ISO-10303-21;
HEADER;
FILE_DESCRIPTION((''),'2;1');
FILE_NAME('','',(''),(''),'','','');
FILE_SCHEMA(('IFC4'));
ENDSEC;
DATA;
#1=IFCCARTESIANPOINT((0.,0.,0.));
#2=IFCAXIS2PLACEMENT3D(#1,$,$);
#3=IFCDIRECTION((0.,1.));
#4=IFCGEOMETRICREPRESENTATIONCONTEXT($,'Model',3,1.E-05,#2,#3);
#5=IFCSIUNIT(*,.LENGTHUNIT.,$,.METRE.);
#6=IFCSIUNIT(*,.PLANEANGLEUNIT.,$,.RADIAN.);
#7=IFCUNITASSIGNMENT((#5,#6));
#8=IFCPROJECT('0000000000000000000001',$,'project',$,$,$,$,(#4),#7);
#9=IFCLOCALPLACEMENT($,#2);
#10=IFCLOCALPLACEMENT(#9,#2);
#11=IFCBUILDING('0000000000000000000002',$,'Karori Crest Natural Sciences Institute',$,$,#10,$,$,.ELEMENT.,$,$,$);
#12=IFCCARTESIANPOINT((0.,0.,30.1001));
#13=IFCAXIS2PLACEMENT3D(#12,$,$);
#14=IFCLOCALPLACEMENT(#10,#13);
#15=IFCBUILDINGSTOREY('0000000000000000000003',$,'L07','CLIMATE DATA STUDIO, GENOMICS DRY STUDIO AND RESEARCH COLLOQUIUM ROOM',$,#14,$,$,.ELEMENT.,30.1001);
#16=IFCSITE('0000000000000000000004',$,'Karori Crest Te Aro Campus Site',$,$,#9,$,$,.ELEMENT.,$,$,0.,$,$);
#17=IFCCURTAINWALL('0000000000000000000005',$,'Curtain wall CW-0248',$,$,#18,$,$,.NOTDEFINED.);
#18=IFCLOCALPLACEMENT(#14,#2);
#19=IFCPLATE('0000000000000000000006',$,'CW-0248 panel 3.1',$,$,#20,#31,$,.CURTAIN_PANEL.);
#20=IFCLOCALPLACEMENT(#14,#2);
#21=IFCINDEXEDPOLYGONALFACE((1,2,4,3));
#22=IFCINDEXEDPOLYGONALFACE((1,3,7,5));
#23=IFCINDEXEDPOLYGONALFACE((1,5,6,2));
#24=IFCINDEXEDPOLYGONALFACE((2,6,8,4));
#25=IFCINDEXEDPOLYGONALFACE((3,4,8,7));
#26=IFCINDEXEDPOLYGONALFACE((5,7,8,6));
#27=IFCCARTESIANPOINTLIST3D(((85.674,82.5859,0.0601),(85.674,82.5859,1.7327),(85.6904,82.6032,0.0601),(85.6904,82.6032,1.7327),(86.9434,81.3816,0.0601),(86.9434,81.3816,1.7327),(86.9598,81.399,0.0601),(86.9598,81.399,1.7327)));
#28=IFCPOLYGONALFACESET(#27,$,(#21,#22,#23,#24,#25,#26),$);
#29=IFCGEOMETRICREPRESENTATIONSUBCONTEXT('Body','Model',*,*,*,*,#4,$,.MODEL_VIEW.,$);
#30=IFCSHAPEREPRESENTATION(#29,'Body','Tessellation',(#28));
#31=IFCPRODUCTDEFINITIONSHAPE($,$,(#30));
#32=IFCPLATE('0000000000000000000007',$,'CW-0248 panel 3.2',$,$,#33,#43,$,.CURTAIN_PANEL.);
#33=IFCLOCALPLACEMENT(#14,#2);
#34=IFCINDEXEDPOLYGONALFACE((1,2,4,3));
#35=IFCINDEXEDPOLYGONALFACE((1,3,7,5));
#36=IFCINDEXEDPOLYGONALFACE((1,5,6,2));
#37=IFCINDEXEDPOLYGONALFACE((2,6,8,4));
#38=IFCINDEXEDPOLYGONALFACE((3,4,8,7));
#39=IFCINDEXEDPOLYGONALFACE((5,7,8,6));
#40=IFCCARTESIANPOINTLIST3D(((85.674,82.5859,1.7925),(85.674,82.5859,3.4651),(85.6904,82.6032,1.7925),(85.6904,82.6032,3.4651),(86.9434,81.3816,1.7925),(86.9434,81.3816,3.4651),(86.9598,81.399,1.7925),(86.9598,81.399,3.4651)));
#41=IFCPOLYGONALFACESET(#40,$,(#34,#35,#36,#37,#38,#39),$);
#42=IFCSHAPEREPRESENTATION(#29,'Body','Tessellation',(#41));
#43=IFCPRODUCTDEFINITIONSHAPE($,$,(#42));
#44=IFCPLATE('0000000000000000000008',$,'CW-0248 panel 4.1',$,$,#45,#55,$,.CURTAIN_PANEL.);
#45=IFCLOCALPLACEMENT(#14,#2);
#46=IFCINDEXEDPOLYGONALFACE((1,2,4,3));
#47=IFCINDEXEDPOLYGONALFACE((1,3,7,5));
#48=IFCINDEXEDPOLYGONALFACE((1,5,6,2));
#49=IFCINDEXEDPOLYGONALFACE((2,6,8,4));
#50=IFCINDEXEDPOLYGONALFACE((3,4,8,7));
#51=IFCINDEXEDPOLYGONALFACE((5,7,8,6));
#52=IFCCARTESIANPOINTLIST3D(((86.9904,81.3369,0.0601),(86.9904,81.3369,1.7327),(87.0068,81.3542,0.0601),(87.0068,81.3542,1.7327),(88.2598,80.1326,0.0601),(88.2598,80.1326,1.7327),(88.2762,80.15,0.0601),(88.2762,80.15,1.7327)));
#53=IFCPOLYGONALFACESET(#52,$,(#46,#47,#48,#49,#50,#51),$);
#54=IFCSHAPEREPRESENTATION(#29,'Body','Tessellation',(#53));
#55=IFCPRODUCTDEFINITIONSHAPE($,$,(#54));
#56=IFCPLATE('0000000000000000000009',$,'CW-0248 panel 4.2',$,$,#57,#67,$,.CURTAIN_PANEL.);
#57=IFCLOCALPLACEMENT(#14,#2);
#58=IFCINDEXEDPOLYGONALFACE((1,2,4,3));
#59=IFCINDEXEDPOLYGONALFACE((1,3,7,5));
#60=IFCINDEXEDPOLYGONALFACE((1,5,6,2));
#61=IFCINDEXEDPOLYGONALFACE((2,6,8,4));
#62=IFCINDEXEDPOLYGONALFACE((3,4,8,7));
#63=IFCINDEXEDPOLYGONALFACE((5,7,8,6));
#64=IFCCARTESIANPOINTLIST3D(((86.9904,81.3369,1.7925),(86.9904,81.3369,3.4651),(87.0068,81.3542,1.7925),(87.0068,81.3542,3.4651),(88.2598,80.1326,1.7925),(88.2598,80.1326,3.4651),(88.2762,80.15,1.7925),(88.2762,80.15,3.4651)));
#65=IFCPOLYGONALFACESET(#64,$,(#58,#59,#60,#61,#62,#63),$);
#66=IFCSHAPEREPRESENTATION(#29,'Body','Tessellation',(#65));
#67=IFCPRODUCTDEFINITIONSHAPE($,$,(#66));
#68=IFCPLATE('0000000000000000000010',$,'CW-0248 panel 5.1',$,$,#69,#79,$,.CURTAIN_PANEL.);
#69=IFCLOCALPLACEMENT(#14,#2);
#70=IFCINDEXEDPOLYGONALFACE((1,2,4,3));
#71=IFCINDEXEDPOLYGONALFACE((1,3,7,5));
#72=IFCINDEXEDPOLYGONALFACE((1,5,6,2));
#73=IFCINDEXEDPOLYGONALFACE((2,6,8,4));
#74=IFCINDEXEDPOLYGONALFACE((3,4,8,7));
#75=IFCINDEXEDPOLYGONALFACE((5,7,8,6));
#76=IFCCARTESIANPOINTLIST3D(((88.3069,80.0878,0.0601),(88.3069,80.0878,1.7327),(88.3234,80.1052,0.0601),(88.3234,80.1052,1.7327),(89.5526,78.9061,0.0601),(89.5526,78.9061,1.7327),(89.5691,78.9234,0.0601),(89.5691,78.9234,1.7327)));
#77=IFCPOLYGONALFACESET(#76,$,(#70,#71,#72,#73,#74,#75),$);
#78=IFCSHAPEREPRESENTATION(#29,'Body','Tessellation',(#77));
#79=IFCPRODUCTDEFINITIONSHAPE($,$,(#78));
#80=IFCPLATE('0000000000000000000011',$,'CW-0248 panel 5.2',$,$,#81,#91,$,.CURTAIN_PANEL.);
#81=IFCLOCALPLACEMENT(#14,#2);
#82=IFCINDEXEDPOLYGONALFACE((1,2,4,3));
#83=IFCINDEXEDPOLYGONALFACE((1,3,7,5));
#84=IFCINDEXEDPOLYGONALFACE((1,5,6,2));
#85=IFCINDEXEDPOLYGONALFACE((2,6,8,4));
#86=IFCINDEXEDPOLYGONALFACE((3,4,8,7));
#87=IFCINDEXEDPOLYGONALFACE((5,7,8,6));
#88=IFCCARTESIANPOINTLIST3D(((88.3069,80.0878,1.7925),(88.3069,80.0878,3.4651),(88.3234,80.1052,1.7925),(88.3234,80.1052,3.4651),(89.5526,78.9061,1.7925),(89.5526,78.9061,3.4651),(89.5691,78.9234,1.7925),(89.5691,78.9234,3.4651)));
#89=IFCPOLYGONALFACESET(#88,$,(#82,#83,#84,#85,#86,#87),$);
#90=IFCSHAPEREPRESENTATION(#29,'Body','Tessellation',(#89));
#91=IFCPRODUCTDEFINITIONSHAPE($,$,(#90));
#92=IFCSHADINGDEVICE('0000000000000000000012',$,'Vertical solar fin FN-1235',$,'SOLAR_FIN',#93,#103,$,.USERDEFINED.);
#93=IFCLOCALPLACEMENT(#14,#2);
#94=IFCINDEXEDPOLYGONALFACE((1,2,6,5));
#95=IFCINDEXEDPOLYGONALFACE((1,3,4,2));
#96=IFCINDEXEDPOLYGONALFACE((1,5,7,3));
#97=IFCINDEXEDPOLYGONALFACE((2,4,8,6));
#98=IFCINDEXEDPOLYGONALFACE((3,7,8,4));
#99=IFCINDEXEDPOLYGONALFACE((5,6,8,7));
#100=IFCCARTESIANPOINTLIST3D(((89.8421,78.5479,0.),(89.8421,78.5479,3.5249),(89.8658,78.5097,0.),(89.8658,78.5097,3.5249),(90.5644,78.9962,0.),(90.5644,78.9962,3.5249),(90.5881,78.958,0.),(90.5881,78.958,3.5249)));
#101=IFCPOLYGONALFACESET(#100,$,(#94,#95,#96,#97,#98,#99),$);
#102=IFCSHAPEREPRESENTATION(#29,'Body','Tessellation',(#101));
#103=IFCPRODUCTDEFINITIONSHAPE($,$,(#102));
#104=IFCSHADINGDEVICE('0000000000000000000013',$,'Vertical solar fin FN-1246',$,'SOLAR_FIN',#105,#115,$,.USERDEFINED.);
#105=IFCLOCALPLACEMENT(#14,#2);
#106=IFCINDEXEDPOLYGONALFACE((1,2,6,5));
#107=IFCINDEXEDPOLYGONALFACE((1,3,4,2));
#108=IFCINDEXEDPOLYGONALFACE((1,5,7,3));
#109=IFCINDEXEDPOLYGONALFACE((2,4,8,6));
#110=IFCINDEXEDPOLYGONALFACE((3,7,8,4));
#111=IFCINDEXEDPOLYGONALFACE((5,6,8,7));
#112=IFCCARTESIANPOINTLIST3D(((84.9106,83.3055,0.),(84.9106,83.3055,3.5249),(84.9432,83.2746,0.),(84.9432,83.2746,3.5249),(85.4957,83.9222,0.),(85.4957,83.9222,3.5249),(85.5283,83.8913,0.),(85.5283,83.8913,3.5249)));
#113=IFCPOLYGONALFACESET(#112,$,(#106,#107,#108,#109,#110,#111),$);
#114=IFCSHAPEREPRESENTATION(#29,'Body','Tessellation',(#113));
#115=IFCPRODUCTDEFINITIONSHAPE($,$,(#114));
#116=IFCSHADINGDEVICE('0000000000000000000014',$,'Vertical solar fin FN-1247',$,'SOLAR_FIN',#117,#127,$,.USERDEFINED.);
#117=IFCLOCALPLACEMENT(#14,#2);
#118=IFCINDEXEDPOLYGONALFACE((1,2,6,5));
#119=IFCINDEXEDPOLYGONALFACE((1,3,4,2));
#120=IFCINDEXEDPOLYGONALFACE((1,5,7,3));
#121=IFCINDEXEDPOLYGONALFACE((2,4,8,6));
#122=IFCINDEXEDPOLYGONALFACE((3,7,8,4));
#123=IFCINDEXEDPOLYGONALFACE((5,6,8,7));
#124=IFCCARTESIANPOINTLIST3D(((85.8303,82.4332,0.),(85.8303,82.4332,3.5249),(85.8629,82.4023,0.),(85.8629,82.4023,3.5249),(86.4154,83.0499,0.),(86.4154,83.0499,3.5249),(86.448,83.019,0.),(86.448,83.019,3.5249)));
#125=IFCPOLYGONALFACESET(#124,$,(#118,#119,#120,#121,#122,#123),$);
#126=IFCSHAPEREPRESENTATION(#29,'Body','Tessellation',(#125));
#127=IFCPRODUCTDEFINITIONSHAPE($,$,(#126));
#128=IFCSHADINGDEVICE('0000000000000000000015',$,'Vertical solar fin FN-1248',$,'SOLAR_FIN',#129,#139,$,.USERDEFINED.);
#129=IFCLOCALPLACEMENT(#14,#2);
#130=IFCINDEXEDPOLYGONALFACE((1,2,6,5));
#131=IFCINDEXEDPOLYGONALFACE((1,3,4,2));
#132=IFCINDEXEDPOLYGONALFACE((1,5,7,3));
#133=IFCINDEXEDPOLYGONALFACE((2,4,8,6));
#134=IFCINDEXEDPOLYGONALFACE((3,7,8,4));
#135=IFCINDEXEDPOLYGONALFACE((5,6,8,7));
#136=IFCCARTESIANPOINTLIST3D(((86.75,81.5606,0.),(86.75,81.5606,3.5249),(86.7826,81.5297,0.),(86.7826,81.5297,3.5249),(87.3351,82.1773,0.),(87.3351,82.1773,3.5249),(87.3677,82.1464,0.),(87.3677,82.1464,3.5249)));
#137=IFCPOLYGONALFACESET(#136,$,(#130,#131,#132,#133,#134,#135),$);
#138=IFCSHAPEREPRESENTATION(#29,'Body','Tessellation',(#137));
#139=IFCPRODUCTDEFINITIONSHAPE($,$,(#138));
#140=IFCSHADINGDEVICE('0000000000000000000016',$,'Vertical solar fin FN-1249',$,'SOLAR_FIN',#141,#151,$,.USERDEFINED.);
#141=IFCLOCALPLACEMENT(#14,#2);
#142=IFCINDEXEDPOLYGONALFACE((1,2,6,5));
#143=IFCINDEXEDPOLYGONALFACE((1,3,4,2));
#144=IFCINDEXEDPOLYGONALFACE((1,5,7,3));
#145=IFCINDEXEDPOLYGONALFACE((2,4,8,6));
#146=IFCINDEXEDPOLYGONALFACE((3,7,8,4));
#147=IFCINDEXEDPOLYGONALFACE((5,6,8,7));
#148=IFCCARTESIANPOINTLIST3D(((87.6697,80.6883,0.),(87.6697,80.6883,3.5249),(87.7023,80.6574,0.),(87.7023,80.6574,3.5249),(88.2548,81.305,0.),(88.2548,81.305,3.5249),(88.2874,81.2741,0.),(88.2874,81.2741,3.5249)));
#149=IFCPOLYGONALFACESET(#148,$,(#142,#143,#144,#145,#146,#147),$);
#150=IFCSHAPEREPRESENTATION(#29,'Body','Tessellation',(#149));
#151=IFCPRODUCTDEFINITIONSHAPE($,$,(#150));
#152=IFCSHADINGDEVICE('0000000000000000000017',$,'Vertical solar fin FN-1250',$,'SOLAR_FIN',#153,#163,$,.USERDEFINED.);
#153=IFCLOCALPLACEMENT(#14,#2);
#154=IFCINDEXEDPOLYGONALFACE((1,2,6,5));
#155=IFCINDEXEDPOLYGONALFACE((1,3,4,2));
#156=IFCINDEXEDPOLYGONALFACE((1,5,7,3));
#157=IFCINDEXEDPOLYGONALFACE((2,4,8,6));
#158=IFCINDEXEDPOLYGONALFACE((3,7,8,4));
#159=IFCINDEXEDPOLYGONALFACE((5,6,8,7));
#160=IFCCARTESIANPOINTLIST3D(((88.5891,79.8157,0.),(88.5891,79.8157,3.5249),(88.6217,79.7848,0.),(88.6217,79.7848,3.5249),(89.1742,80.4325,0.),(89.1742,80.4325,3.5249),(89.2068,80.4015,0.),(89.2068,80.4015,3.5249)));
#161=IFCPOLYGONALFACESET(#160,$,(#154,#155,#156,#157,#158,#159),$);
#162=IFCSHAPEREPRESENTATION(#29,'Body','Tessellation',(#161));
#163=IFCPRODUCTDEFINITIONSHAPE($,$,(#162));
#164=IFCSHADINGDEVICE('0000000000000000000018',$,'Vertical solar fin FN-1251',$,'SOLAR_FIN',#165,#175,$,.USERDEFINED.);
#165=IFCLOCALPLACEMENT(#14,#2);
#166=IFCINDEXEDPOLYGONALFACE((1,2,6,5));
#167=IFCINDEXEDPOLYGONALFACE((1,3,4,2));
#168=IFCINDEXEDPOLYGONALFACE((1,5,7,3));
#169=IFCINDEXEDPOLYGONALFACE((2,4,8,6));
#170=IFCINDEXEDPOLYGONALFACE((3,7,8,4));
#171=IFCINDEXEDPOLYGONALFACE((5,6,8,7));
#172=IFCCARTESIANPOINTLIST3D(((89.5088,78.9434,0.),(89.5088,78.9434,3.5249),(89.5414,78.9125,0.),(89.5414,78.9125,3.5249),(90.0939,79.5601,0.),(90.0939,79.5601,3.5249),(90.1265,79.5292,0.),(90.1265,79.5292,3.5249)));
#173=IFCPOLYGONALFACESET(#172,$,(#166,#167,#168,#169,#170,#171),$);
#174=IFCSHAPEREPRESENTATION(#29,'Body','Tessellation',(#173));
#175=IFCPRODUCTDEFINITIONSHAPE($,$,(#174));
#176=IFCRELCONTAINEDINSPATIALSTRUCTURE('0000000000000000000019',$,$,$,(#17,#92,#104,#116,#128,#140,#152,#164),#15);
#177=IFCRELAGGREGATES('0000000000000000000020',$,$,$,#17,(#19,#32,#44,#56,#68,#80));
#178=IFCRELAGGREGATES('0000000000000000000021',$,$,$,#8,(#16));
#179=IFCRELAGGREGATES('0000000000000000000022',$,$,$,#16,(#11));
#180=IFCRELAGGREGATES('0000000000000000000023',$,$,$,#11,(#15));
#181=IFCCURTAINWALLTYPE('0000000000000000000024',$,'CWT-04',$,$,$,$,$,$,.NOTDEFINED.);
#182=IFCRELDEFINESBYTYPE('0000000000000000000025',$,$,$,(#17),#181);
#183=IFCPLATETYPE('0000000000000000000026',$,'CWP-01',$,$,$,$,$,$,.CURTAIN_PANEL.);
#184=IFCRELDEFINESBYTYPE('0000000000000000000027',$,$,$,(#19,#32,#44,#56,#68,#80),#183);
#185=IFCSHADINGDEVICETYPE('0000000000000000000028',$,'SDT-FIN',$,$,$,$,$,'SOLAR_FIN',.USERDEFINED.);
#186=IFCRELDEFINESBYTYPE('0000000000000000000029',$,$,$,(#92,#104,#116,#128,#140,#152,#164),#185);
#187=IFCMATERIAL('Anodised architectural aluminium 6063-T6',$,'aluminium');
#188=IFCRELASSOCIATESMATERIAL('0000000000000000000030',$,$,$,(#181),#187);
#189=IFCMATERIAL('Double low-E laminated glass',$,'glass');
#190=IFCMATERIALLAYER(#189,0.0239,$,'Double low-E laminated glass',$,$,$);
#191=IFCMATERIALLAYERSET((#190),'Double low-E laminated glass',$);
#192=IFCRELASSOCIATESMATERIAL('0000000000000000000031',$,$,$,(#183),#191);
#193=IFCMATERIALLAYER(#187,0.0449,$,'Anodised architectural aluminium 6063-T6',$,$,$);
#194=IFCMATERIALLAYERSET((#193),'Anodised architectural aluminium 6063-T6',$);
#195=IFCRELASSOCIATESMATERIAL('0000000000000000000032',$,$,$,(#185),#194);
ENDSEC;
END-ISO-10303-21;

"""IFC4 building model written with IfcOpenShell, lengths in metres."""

from ifc_helpers import new_model, si_unit, direction, frame, origin, origin_2d, place, context, subcontext, project, spatial, rectangle, extrude, material, layer, layer_set, type_object, element, aggregate, save


model = new_model("IFC4")

# Units and contexts
model_context = context("Model", 3, precision=1e-05, world=origin(), true_north=direction((0.0, 1.0)))
body_context = subcontext(model_context, "Body", "Model", "MODEL_VIEW")
ifc_project = project(units=[si_unit("LENGTHUNIT", "METRE"), si_unit("PLANEANGLEUNIT", "RADIAN")], contexts=[model_context])

# Site, building, storey
site_placement = place(None, origin())
site = spatial("IfcSite", under=ifc_project, at=site_placement, Name="Karori Crest Te Aro Campus Site", CompositionType="ELEMENT", RefElevation=0.0)
building_placement = place(site_placement, origin())
building = spatial("IfcBuilding", under=site, at=building_placement, Name="Karori Crest Natural Sciences Institute", CompositionType="ELEMENT")
storey_placement = place(building_placement, frame((0.0, 0.0, 30.1001)))
storey = spatial("IfcBuildingStorey", under=building, at=storey_placement, Name="L07", Description="CLIMATE DATA STUDIO, GENOMICS DRY STUDIO AND RESEARCH COLLOQUIUM ROOM", CompositionType="ELEMENT", Elevation=30.1001)

# Curtain wall, plates
ifc_material_1 = material(Name="Anodised architectural aluminium 6063-T6", Category="aluminium")
curtain_wall_type = type_object("IfcCurtainWallType", Name="CWT-04", PredefinedType="NOTDEFINED", material=ifc_material_1)
curtain_wall_placement = place(storey_placement, origin())
curtain_wall = element("IfcCurtainWall", 1, at=curtain_wall_placement, inside=storey, type_object=curtain_wall_type, Name="Curtain wall CW-0248", PredefinedType="NOTDEFINED")
ifc_material_2 = material(Name="Double low-E laminated glass", Category="glass")
ifc_layer_1 = layer(ifc_material_2, 0.0239, Name="Double low-E laminated glass")
ifc_layer_set_1 = layer_set([ifc_layer_1], Name="Double low-E laminated glass")
plate_type = type_object("IfcPlateType", Name="CWP-01", PredefinedType="CURTAIN_PANEL", material=ifc_layer_set_1)
plate_1_placement = place(storey_placement, frame((86.3169, 81.9924, 0.0601), z_axis=(0.0, 0.0, 1.0), x_axis=(0.725471, -0.688252, 0.0)))
plate_1 = element("IfcPlate", 2, at=plate_1_placement, type_object=plate_type, Name="CW-0248 panel 3.1", PredefinedType="CURTAIN_PANEL", context=body_context, shape_type="SweptSolid", body=[
    extrude(rectangle(XDim=1.7498, YDim=0.0239, at=origin_2d()), origin(), (0.0, 0.0, 1.0), 1.6726),
])
plate_2_placement = place(storey_placement, frame((86.3169, 81.9924, 1.7925), z_axis=(0.0, 0.0, 1.0), x_axis=(0.725471, -0.688252, 0.0)))
plate_2 = element("IfcPlate", 3, at=plate_2_placement, type_object=plate_type, Name="CW-0248 panel 3.2", PredefinedType="CURTAIN_PANEL", context=body_context, shape_type="SweptSolid", body=[
    extrude(rectangle(XDim=1.7498, YDim=0.0239, at=origin_2d()), origin(), (0.0, 0.0, 1.0), 1.6726),
])
plate_3_placement = place(storey_placement, frame((87.6333, 80.7434, 0.0601), z_axis=(0.0, 0.0, 1.0), x_axis=(0.725471, -0.688252, 0.0)))
plate_3 = element("IfcPlate", 4, at=plate_3_placement, type_object=plate_type, Name="CW-0248 panel 4.1", PredefinedType="CURTAIN_PANEL", context=body_context, shape_type="SweptSolid", body=[
    extrude(rectangle(XDim=1.7498, YDim=0.0239, at=origin_2d()), origin(), (0.0, 0.0, 1.0), 1.6726),
])
plate_4_placement = place(storey_placement, frame((87.6333, 80.7434, 1.7925), z_axis=(0.0, 0.0, 1.0), x_axis=(0.725471, -0.688252, 0.0)))
plate_4 = element("IfcPlate", 5, at=plate_4_placement, type_object=plate_type, Name="CW-0248 panel 4.2", PredefinedType="CURTAIN_PANEL", context=body_context, shape_type="SweptSolid", body=[
    extrude(rectangle(XDim=1.7498, YDim=0.0239, at=origin_2d()), origin(), (0.0, 0.0, 1.0), 1.6726),
])
plate_5_placement = place(storey_placement, frame((88.938, 79.5056, 0.0601), z_axis=(0.0, 0.0, 1.0), x_axis=(0.725471, -0.688252, 0.0)))
plate_5 = element("IfcPlate", 6, at=plate_5_placement, type_object=plate_type, Name="CW-0248 panel 5.1", PredefinedType="CURTAIN_PANEL", context=body_context, shape_type="SweptSolid", body=[
    extrude(rectangle(XDim=1.717, YDim=0.0239, at=origin_2d()), origin(), (0.0, 0.0, 1.0), 1.6726),
])
plate_6_placement = place(storey_placement, frame((88.938, 79.5056, 1.7925), z_axis=(0.0, 0.0, 1.0), x_axis=(0.725471, -0.688252, 0.0)))
plate_6 = element("IfcPlate", 7, at=plate_6_placement, type_object=plate_type, Name="CW-0248 panel 5.2", PredefinedType="CURTAIN_PANEL", context=body_context, shape_type="SweptSolid", body=[
    extrude(rectangle(XDim=1.717, YDim=0.0239, at=origin_2d()), origin(), (0.0, 0.0, 1.0), 1.6726),
])
aggregate(curtain_wall, [plate_1, plate_2, plate_3, plate_4, plate_5, plate_6])

# Shading devices
ifc_layer_2 = layer(ifc_material_1, 0.0449, Name="Anodised architectural aluminium 6063-T6")
ifc_layer_set_2 = layer_set([ifc_layer_2], Name="Anodised architectural aluminium 6063-T6")
shading_device_type = type_object("IfcShadingDeviceType", Name="SDT-FIN", ElementType="SOLAR_FIN", PredefinedType="USERDEFINED", material=ifc_layer_set_2)
for number, where, z_axis, x_axis, name in (
    (8, (90.2151, 78.7529, 0.0), (0.0, 0.0, 1.0), (0.849662, 0.527328, 0.0), "Vertical solar fin FN-1235"),
    (9, (85.2195, 83.5984, 0.0), (0.0, 0.0, 1.0), (0.688252, 0.725472, 0.0), "Vertical solar fin FN-1246"),
    (10, (86.1392, 82.7261, 0.0), (0.0, 0.0, 1.0), (0.688252, 0.725472, 0.0), "Vertical solar fin FN-1247"),
    (11, (87.0588, 81.8535, 0.0), (0.0, 0.0, 1.0), (0.688252, 0.725472, 0.0), "Vertical solar fin FN-1248"),
    (12, (87.9785, 80.9812, 0.0), (0.0, 0.0, 1.0), (0.688252, 0.725472, 0.0), "Vertical solar fin FN-1249"),
    (13, (88.8979, 80.1086, 0.0), (0.0, 0.0, 1.0), (0.688252, 0.725472, 0.0), "Vertical solar fin FN-1250"),
    (14, (89.8176, 79.2363, 0.0), (0.0, 0.0, 1.0), (0.688252, 0.725472, 0.0), "Vertical solar fin FN-1251"),
):
    element("IfcShadingDevice", number, at=place(storey_placement, frame(where, z_axis=z_axis, x_axis=x_axis)), inside=storey, type_object=shading_device_type, Name=name, ObjectType="SOLAR_FIN", PredefinedType="USERDEFINED", context=body_context, shape_type="SweptSolid", body=[
        extrude(rectangle(XDim=0.8501, YDim=0.0449, at=origin_2d()), origin(), (0.0, 0.0, 1.0), 3.5249),
    ])

save(model, "model.ifc")
